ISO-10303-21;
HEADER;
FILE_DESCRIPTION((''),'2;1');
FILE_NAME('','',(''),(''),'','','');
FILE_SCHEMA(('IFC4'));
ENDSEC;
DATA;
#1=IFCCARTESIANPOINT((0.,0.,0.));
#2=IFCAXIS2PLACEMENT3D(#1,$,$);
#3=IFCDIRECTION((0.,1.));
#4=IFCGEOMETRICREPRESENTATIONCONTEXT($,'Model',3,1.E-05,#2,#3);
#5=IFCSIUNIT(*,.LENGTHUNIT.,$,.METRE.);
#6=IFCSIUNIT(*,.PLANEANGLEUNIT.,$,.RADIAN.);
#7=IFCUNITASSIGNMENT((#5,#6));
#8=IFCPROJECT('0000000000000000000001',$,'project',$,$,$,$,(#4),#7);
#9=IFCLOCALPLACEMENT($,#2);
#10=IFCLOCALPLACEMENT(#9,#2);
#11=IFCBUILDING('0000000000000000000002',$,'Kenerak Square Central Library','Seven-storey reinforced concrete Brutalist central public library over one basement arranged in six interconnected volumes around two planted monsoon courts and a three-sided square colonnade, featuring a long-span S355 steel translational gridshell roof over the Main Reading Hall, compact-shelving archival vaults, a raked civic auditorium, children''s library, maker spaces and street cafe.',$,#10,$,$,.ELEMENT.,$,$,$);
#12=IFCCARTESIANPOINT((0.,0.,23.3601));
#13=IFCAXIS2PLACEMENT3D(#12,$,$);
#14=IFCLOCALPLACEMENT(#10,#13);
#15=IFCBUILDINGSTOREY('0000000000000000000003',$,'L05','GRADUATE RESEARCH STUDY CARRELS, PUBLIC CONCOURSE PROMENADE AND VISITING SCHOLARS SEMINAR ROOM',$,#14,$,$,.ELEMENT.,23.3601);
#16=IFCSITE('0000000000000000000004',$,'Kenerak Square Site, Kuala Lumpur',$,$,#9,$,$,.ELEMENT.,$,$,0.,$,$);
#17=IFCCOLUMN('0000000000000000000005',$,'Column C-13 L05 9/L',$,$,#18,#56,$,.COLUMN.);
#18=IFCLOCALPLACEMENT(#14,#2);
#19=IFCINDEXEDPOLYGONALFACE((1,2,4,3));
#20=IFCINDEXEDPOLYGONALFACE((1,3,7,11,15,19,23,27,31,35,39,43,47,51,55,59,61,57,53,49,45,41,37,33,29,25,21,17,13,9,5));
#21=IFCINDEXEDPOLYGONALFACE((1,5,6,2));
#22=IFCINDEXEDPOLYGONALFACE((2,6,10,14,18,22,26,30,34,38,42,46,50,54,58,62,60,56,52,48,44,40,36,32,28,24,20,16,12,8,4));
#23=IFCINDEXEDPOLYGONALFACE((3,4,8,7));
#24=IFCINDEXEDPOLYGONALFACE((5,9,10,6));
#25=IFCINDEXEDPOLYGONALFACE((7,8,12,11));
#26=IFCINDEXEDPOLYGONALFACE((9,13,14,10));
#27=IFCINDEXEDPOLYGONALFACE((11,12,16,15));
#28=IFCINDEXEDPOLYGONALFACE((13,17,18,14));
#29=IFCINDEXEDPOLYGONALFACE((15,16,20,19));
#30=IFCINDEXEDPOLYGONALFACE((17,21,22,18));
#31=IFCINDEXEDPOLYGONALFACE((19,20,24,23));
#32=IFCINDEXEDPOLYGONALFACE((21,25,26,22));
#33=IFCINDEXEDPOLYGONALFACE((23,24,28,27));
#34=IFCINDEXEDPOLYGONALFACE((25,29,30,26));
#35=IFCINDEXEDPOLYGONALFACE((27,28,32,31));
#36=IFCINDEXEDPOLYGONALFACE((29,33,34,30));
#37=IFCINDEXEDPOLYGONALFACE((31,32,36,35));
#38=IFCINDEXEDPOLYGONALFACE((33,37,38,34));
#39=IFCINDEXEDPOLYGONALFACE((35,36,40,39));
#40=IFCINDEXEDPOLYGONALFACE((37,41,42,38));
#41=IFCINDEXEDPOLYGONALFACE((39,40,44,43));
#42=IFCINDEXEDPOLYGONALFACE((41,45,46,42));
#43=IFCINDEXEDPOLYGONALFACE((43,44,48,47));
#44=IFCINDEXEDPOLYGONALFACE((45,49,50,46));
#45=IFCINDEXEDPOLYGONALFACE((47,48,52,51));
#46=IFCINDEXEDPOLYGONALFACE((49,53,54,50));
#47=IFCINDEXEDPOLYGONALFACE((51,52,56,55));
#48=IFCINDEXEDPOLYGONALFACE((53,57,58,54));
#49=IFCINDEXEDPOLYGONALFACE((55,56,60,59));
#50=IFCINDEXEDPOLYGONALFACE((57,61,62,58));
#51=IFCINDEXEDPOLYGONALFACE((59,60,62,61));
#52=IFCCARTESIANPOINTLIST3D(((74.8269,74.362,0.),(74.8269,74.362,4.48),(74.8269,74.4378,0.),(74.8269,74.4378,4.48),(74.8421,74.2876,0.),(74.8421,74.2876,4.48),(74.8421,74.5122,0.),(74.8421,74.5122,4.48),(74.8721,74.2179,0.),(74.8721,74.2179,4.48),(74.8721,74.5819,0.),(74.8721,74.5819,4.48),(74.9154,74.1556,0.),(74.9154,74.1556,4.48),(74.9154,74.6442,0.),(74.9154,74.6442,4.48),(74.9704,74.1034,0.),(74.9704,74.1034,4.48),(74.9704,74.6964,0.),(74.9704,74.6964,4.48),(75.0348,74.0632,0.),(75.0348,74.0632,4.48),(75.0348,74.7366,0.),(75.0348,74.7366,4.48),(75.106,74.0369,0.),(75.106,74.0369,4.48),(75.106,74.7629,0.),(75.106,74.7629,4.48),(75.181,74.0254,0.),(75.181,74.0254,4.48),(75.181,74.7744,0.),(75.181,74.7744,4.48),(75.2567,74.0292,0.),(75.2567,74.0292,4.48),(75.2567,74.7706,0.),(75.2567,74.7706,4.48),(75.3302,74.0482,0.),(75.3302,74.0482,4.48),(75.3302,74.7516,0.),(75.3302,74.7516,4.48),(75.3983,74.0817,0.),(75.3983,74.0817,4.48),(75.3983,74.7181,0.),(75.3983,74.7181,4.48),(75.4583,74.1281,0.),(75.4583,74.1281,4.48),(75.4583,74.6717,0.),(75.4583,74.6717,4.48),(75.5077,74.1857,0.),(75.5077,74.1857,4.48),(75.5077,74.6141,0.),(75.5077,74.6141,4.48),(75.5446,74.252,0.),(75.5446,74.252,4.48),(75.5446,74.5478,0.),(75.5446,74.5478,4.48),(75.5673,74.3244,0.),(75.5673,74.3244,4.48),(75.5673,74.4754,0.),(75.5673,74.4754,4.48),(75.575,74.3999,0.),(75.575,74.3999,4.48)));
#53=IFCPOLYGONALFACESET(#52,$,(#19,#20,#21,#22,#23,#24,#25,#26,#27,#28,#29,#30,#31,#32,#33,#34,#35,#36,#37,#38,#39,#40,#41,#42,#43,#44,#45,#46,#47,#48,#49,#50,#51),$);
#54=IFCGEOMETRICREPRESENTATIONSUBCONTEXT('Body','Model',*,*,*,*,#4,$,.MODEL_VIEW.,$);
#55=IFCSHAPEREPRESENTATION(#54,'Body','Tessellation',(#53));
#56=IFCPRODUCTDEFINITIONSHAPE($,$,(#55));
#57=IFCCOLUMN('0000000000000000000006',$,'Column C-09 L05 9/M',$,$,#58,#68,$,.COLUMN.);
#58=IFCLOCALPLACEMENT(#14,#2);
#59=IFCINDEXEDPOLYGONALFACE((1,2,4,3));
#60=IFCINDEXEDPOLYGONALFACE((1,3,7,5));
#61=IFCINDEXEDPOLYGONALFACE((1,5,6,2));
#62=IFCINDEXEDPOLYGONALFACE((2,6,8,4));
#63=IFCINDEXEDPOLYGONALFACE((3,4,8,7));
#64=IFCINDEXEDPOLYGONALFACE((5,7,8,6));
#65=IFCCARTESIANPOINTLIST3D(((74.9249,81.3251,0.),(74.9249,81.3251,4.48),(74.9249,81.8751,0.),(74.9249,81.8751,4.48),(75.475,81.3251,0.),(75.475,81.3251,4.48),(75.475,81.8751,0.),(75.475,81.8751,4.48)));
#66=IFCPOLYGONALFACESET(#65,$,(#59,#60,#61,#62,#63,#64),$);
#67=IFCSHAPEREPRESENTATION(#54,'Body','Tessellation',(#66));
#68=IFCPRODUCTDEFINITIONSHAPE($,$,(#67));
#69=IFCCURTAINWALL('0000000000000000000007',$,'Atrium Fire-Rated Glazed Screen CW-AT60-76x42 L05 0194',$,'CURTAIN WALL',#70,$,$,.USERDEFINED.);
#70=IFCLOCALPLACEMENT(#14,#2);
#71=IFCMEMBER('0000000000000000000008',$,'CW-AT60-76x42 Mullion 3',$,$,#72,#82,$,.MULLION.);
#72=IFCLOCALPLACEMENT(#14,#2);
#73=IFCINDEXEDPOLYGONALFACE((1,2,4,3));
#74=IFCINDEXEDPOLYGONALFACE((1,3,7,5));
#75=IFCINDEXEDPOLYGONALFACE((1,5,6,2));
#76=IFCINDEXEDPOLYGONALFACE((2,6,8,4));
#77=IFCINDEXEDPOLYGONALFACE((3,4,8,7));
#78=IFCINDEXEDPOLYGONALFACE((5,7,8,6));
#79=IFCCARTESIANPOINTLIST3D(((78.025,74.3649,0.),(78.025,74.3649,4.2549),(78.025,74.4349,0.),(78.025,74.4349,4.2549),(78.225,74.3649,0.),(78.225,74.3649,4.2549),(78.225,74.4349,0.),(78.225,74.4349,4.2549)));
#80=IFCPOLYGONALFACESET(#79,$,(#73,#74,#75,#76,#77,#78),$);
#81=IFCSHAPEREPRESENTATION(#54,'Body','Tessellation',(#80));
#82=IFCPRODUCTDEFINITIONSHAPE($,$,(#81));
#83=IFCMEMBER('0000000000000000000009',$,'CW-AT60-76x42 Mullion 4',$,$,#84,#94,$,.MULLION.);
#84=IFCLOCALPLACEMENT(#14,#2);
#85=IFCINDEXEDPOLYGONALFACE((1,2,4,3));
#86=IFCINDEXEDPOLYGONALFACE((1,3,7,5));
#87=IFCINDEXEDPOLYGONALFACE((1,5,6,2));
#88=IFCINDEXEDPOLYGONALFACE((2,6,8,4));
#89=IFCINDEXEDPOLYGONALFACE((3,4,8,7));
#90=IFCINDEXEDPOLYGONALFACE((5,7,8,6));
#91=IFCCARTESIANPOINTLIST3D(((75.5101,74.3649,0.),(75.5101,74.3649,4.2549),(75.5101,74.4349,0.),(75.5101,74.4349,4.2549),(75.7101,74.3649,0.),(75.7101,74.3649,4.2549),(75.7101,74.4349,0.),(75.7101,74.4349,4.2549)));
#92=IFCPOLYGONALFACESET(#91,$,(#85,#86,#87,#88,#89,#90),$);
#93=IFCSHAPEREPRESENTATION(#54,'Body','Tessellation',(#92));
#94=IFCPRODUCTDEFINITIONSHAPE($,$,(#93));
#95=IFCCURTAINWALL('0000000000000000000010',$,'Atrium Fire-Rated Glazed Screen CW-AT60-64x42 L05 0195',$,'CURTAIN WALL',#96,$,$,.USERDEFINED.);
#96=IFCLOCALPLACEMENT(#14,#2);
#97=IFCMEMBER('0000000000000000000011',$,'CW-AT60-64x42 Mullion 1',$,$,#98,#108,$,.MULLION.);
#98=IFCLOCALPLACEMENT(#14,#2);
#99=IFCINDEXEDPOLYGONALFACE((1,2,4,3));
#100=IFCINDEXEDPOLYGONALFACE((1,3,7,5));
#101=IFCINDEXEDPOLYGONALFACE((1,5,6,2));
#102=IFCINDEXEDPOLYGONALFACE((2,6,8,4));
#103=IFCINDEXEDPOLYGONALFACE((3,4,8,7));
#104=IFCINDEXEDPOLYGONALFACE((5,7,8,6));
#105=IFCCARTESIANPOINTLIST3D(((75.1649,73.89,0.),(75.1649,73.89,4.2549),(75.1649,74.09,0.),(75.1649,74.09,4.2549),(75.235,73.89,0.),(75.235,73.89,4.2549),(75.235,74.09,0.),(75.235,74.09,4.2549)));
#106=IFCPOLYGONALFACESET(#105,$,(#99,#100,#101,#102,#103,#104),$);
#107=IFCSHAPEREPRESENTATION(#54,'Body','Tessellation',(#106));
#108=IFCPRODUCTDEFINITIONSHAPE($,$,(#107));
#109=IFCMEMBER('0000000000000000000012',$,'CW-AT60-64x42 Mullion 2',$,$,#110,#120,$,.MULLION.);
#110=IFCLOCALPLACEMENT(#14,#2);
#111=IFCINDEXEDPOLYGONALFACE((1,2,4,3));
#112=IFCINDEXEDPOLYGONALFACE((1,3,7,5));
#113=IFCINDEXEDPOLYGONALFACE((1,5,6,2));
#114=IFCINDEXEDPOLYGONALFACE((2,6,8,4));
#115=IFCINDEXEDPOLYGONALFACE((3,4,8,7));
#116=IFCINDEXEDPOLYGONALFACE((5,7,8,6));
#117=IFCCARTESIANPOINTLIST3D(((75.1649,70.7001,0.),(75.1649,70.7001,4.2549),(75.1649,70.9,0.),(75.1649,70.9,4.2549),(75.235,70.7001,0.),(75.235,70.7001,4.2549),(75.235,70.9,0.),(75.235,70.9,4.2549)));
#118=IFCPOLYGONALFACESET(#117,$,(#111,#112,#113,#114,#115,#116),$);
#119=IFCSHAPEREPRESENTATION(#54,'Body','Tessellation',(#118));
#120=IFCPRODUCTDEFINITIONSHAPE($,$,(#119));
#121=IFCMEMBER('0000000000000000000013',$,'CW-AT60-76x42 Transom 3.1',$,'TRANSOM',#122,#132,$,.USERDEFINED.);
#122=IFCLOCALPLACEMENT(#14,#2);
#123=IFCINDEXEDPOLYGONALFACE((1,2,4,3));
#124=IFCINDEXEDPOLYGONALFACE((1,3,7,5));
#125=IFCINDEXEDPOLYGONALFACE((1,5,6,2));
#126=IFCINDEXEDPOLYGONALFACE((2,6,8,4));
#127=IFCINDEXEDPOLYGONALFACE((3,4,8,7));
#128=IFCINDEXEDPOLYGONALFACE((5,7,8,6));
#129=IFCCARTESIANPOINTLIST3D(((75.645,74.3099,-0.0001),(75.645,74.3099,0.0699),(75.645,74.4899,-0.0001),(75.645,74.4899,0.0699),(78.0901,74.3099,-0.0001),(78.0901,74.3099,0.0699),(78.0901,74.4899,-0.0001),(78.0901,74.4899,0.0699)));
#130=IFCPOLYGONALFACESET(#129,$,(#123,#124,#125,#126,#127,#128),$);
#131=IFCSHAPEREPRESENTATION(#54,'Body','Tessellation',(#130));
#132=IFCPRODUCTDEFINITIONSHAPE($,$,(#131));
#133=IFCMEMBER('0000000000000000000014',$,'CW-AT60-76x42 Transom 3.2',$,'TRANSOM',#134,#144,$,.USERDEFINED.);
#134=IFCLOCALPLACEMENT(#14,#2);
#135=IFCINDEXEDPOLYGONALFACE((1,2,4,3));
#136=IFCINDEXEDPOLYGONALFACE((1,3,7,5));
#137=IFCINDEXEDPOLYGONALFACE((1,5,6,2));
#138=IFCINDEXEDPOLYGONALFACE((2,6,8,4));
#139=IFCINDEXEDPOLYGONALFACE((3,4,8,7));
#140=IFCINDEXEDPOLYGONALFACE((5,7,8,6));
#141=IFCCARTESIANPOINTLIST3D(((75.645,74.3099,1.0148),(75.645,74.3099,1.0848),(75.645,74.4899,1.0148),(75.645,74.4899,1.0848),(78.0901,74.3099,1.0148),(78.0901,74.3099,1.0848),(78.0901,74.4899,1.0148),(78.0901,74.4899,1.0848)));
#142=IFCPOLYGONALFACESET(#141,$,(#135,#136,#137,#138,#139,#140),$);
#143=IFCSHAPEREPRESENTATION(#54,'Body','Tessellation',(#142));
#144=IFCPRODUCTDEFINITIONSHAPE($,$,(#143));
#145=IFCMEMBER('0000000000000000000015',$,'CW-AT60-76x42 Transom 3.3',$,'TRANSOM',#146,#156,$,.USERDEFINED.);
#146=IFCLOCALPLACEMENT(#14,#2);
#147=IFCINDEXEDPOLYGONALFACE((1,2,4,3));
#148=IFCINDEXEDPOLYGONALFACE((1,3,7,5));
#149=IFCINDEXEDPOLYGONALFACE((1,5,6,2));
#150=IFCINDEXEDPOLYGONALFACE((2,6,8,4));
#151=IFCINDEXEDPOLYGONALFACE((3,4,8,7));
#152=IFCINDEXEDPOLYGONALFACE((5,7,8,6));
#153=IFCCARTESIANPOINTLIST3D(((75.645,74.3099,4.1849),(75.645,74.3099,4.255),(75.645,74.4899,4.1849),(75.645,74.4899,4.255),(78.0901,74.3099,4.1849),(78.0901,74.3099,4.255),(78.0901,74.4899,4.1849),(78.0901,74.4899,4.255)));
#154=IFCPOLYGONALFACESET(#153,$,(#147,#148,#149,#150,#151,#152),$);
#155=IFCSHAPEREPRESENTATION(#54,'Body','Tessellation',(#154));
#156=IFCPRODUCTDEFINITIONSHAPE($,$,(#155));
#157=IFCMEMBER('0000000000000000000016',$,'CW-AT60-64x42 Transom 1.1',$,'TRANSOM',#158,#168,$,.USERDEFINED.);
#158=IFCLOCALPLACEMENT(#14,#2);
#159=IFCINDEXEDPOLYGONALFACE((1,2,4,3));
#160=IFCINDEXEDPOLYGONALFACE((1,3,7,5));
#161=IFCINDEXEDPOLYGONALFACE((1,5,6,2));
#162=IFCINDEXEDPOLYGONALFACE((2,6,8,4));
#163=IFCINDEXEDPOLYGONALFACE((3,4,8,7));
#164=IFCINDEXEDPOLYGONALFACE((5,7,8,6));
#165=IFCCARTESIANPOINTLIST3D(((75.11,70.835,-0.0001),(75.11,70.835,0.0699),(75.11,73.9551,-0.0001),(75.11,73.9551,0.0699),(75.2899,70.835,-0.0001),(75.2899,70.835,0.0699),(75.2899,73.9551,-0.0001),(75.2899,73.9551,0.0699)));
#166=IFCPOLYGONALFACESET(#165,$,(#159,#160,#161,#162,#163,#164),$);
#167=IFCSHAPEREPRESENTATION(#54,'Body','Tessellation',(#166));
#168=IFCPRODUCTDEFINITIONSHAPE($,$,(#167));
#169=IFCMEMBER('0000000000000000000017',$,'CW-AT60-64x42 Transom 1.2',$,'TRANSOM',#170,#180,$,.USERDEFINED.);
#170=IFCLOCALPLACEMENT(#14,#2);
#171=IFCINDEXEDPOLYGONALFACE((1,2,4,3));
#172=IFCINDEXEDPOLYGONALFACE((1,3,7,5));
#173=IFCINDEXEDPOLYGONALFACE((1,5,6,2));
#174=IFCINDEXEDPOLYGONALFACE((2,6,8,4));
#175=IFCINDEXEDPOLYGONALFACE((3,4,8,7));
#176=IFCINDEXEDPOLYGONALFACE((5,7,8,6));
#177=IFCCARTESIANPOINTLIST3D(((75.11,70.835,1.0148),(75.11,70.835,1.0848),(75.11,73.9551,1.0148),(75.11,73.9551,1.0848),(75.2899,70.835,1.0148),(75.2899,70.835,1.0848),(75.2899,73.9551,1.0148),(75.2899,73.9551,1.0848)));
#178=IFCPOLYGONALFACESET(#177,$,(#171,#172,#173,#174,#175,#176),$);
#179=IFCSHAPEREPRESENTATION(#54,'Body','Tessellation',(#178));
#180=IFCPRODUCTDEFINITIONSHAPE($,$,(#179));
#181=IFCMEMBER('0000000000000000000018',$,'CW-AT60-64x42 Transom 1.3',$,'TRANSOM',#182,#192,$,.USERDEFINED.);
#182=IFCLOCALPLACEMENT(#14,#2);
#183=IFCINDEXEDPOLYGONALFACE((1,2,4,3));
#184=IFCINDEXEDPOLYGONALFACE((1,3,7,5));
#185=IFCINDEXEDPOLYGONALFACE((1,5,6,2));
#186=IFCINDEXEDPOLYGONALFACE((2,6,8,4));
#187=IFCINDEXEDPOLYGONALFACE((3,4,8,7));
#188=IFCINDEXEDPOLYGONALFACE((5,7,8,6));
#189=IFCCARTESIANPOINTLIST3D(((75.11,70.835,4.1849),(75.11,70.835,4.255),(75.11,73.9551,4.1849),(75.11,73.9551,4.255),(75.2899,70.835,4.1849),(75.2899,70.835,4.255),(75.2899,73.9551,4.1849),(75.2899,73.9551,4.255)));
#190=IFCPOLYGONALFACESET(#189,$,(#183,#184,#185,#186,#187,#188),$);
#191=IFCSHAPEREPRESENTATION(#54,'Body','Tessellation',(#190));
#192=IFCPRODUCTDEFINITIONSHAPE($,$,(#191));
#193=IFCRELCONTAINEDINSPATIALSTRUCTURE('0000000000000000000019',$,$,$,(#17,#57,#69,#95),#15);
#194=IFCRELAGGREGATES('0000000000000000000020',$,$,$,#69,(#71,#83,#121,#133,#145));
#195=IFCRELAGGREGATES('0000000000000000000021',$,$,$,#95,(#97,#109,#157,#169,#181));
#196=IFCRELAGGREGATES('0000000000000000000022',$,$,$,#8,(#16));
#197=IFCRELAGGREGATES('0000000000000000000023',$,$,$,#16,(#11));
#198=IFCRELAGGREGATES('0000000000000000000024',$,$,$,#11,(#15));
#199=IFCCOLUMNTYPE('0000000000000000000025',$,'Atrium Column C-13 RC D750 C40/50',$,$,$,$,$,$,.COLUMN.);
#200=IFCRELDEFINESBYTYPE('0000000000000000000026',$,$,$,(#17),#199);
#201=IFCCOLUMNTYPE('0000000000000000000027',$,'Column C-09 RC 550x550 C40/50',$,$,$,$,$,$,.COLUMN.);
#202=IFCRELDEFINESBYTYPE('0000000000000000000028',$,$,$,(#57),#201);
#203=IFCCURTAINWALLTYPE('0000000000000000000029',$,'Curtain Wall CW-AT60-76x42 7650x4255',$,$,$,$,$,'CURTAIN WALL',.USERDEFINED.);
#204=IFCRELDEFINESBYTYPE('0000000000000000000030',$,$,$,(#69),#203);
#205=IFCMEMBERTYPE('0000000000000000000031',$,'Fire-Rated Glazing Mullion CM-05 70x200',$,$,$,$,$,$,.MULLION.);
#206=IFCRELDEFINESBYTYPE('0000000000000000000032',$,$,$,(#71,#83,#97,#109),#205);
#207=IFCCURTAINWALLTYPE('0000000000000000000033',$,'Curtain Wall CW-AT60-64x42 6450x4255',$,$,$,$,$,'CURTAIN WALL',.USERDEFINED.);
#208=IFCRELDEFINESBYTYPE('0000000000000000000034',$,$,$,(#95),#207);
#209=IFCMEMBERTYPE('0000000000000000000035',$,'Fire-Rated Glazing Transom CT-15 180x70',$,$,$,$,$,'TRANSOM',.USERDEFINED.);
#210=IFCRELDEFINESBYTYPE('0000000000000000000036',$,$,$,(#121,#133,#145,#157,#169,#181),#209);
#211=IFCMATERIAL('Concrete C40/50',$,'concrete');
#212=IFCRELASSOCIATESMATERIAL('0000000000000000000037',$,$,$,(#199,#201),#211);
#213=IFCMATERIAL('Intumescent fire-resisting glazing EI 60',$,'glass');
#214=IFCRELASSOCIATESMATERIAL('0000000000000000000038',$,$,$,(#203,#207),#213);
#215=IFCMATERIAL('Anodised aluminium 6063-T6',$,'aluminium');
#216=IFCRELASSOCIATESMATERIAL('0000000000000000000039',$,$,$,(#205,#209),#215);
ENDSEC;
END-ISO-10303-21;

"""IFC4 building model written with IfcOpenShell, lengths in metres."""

from ifc_helpers import new_model, si_unit, direction, frame, origin, origin_2d, place, context, subcontext, project, spatial, rectangle, circle, extrude, material, material_profile, profile_set, type_object, element, aggregate, save


model = new_model("IFC4")

# Units and contexts
model_context = context("Model", 3, precision=1e-05, world=origin(), true_north=direction((0.0, 1.0)))
body_context = subcontext(model_context, "Body", "Model", "MODEL_VIEW")
ifc_project = project(units=[si_unit("LENGTHUNIT", "METRE"), si_unit("PLANEANGLEUNIT", "RADIAN")], contexts=[model_context])

# Site, building, storey
site_placement = place(None, origin())
site = spatial("IfcSite", under=ifc_project, at=site_placement, Name="Kenerak Square Site, Kuala Lumpur", CompositionType="ELEMENT", RefElevation=0.0)
building_placement = place(site_placement, origin())
building = spatial("IfcBuilding", under=site, at=building_placement, Name="Kenerak Square Central Library", Description="Seven-storey reinforced concrete Brutalist central public library over one basement arranged in six interconnected volumes around two planted monsoon courts and a three-sided square colonnade, featuring a long-span S355 steel translational gridshell roof over the Main Reading Hall, compact-shelving archival vaults, a raked civic auditorium, children's library, maker spaces and street cafe.", CompositionType="ELEMENT")
storey_placement = place(building_placement, frame((0.0, 0.0, 23.3601)))
storey = spatial("IfcBuildingStorey", under=building, at=storey_placement, Name="L05", Description="GRADUATE RESEARCH STUDY CARRELS, PUBLIC CONCOURSE PROMENADE AND VISITING SCHOLARS SEMINAR ROOM", CompositionType="ELEMENT", Elevation=23.3601)

# Columns
ifc_material_1 = material(Name="Concrete C40/50", Category="concrete")
ifc_material_profile_1 = material_profile(ifc_material_1, circle(Radius=0.375, at=origin_2d()), Name="RC D750")
ifc_profile_set_1 = profile_set([ifc_material_profile_1], Name="Concrete C40/50")
column_type_1 = type_object("IfcColumnType", Name="Atrium Column C-13 RC D750 C40/50", PredefinedType="COLUMN", material=ifc_profile_set_1)
column_1_placement = place(storey_placement, frame((75.2, 74.3999, 0.0), z_axis=(0.0, 0.0, 1.0), x_axis=(1.0, 0.0, 0.0)))
element("IfcColumn", 1, at=column_1_placement, inside=storey, type_object=column_type_1, Name="Column C-13 L05 9/L", PredefinedType="COLUMN", context=body_context, shape_type="SweptSolid", body=[
    extrude(circle(Radius=0.375, at=origin_2d()), origin(), (0.0, 0.0, 1.0), 4.48),
])
ifc_material_profile_2 = material_profile(ifc_material_1, rectangle(XDim=0.55, YDim=0.55, at=origin_2d()), Name="RC 550x550")
ifc_profile_set_2 = profile_set([ifc_material_profile_2], Name="Concrete C40/50")
column_type_2 = type_object("IfcColumnType", Name="Column C-09 RC 550x550 C40/50", PredefinedType="COLUMN", material=ifc_profile_set_2)
column_2_placement = place(storey_placement, frame((75.2, 81.6001, 0.0), z_axis=(0.0, 0.0, 1.0), x_axis=(1.0, 0.0, 0.0)))
element("IfcColumn", 2, at=column_2_placement, inside=storey, type_object=column_type_2, Name="Column C-09 L05 9/M", PredefinedType="COLUMN", context=body_context, shape_type="SweptSolid", body=[
    extrude(rectangle(XDim=0.55, YDim=0.55, at=origin_2d()), origin(), (0.0, 0.0, 1.0), 4.48),
])

# Curtain walls, members
ifc_material_2 = material(Name="Intumescent fire-resisting glazing EI 60", Category="glass")
curtain_wall_type_1 = type_object("IfcCurtainWallType", Name="Curtain Wall CW-AT60-76x42 7650x4255", ElementType="CURTAIN WALL", PredefinedType="USERDEFINED", material=ifc_material_2)
curtain_wall_1_placement = place(storey_placement, origin())
curtain_wall_1 = element("IfcCurtainWall", 3, at=curtain_wall_1_placement, inside=storey, type_object=curtain_wall_type_1, Name="Atrium Fire-Rated Glazed Screen CW-AT60-76x42 L05 0194", ObjectType="CURTAIN WALL", PredefinedType="USERDEFINED")
ifc_material_3 = material(Name="Anodised aluminium 6063-T6", Category="aluminium")
ifc_material_profile_3 = material_profile(ifc_material_3, rectangle(XDim=0.0701, YDim=0.2, at=origin_2d()), Name="AL MULLION 70x200")
ifc_profile_set_3 = profile_set([ifc_material_profile_3], Name="Anodised aluminium 6063-T6")
member_type_1 = type_object("IfcMemberType", Name="Fire-Rated Glazing Mullion CM-05 70x200", PredefinedType="MULLION", material=ifc_profile_set_3)
member_1_placement = place(storey_placement, frame((78.125, 74.3999, 0.0), z_axis=(0.0, 0.0, 1.0), x_axis=(0.0, -1.0, 0.0)))
member_1 = element("IfcMember", 4, at=member_1_placement, type_object=member_type_1, Name="CW-AT60-76x42 Mullion 3", PredefinedType="MULLION", context=body_context, shape_type="SweptSolid", body=[
    extrude(rectangle(XDim=0.0701, YDim=0.2, at=origin_2d()), origin(), (0.0, 0.0, 1.0), 4.2549),
])
member_2_placement = place(storey_placement, frame((75.6101, 74.3999, 0.0), z_axis=(0.0, 0.0, 1.0), x_axis=(0.0, -1.0, 0.0)))
member_2 = element("IfcMember", 5, at=member_2_placement, type_object=member_type_1, Name="CW-AT60-76x42 Mullion 4", PredefinedType="MULLION", context=body_context, shape_type="SweptSolid", body=[
    extrude(rectangle(XDim=0.0701, YDim=0.2, at=origin_2d()), origin(), (0.0, 0.0, 1.0), 4.2549),
])
curtain_wall_type_2 = type_object("IfcCurtainWallType", Name="Curtain Wall CW-AT60-64x42 6450x4255", ElementType="CURTAIN WALL", PredefinedType="USERDEFINED", material=ifc_material_2)
curtain_wall_2_placement = place(storey_placement, origin())
curtain_wall_2 = element("IfcCurtainWall", 6, at=curtain_wall_2_placement, inside=storey, type_object=curtain_wall_type_2, Name="Atrium Fire-Rated Glazed Screen CW-AT60-64x42 L05 0195", ObjectType="CURTAIN WALL", PredefinedType="USERDEFINED")
member_3_placement = place(storey_placement, frame((75.2, 73.99, 0.0), z_axis=(0.0, 0.0, 1.0), x_axis=(1.0, 0.0, 0.0)))
member_3 = element("IfcMember", 7, at=member_3_placement, type_object=member_type_1, Name="CW-AT60-64x42 Mullion 1", PredefinedType="MULLION", context=body_context, shape_type="SweptSolid", body=[
    extrude(rectangle(XDim=0.0701, YDim=0.2, at=origin_2d()), origin(), (0.0, 0.0, 1.0), 4.2549),
])
member_4_placement = place(storey_placement, frame((75.2, 70.8, 0.0), z_axis=(0.0, 0.0, 1.0), x_axis=(1.0, 0.0, 0.0)))
member_4 = element("IfcMember", 8, at=member_4_placement, type_object=member_type_1, Name="CW-AT60-64x42 Mullion 2", PredefinedType="MULLION", context=body_context, shape_type="SweptSolid", body=[
    extrude(rectangle(XDim=0.0701, YDim=0.2, at=origin_2d()), origin(), (0.0, 0.0, 1.0), 4.2549),
])

# Members
ifc_material_profile_4 = material_profile(ifc_material_3, rectangle(XDim=0.1799, YDim=0.0701, at=origin_2d()), Name="AL TRANSOM 180x70")
ifc_profile_set_4 = profile_set([ifc_material_profile_4], Name="Anodised aluminium 6063-T6")
member_type_2 = type_object("IfcMemberType", Name="Fire-Rated Glazing Transom CT-15 180x70", ElementType="TRANSOM", PredefinedType="USERDEFINED", material=ifc_profile_set_4)
member_5_placement = place(storey_placement, frame((78.0901, 74.3999, 0.0349), z_axis=(-1.0, 0.0, 0.0), x_axis=(0.0, -1.0, 0.0)))
member_5 = element("IfcMember", 9, at=member_5_placement, type_object=member_type_2, Name="CW-AT60-76x42 Transom 3.1", ObjectType="TRANSOM", PredefinedType="USERDEFINED", context=body_context, shape_type="SweptSolid", body=[
    extrude(rectangle(XDim=0.1799, YDim=0.0701, at=origin_2d()), origin(), (0.0, 0.0, 1.0), 2.4451),
])
member_6_placement = place(storey_placement, frame((78.0901, 74.3999, 1.0498), z_axis=(-1.0, 0.0, 0.0), x_axis=(0.0, -1.0, 0.0)))
member_6 = element("IfcMember", 10, at=member_6_placement, type_object=member_type_2, Name="CW-AT60-76x42 Transom 3.2", ObjectType="TRANSOM", PredefinedType="USERDEFINED", context=body_context, shape_type="SweptSolid", body=[
    extrude(rectangle(XDim=0.1799, YDim=0.0701, at=origin_2d()), origin(), (0.0, 0.0, 1.0), 2.4451),
])
member_7_placement = place(storey_placement, frame((78.0901, 74.3999, 4.22), z_axis=(-1.0, 0.0, 0.0), x_axis=(0.0, -1.0, 0.0)))
member_7 = element("IfcMember", 11, at=member_7_placement, type_object=member_type_2, Name="CW-AT60-76x42 Transom 3.3", ObjectType="TRANSOM", PredefinedType="USERDEFINED", context=body_context, shape_type="SweptSolid", body=[
    extrude(rectangle(XDim=0.1799, YDim=0.0701, at=origin_2d()), origin(), (0.0, 0.0, 1.0), 2.4451),
])
member_8_placement = place(storey_placement, frame((75.2, 73.9551, 0.0349), z_axis=(0.0, -1.0, 0.0), x_axis=(1.0, 0.0, 0.0)))
member_8 = element("IfcMember", 12, at=member_8_placement, type_object=member_type_2, Name="CW-AT60-64x42 Transom 1.1", ObjectType="TRANSOM", PredefinedType="USERDEFINED", context=body_context, shape_type="SweptSolid", body=[
    extrude(rectangle(XDim=0.1799, YDim=0.0701, at=origin_2d()), origin(), (0.0, 0.0, 1.0), 3.1201),
])
member_9_placement = place(storey_placement, frame((75.2, 73.9551, 1.0498), z_axis=(0.0, -1.0, 0.0), x_axis=(1.0, 0.0, 0.0)))
member_9 = element("IfcMember", 13, at=member_9_placement, type_object=member_type_2, Name="CW-AT60-64x42 Transom 1.2", ObjectType="TRANSOM", PredefinedType="USERDEFINED", context=body_context, shape_type="SweptSolid", body=[
    extrude(rectangle(XDim=0.1799, YDim=0.0701, at=origin_2d()), origin(), (0.0, 0.0, 1.0), 3.1201),
])
member_10_placement = place(storey_placement, frame((75.2, 73.9551, 4.22), z_axis=(0.0, -1.0, 0.0), x_axis=(1.0, 0.0, 0.0)))
member_10 = element("IfcMember", 14, at=member_10_placement, type_object=member_type_2, Name="CW-AT60-64x42 Transom 1.3", ObjectType="TRANSOM", PredefinedType="USERDEFINED", context=body_context, shape_type="SweptSolid", body=[
    extrude(rectangle(XDim=0.1799, YDim=0.0701, at=origin_2d()), origin(), (0.0, 0.0, 1.0), 3.1201),
])

aggregate(curtain_wall_1, [member_1, member_2, member_5, member_6, member_7])
aggregate(curtain_wall_2, [member_3, member_4, member_8, member_9, member_10])

save(model, "model.ifc")
